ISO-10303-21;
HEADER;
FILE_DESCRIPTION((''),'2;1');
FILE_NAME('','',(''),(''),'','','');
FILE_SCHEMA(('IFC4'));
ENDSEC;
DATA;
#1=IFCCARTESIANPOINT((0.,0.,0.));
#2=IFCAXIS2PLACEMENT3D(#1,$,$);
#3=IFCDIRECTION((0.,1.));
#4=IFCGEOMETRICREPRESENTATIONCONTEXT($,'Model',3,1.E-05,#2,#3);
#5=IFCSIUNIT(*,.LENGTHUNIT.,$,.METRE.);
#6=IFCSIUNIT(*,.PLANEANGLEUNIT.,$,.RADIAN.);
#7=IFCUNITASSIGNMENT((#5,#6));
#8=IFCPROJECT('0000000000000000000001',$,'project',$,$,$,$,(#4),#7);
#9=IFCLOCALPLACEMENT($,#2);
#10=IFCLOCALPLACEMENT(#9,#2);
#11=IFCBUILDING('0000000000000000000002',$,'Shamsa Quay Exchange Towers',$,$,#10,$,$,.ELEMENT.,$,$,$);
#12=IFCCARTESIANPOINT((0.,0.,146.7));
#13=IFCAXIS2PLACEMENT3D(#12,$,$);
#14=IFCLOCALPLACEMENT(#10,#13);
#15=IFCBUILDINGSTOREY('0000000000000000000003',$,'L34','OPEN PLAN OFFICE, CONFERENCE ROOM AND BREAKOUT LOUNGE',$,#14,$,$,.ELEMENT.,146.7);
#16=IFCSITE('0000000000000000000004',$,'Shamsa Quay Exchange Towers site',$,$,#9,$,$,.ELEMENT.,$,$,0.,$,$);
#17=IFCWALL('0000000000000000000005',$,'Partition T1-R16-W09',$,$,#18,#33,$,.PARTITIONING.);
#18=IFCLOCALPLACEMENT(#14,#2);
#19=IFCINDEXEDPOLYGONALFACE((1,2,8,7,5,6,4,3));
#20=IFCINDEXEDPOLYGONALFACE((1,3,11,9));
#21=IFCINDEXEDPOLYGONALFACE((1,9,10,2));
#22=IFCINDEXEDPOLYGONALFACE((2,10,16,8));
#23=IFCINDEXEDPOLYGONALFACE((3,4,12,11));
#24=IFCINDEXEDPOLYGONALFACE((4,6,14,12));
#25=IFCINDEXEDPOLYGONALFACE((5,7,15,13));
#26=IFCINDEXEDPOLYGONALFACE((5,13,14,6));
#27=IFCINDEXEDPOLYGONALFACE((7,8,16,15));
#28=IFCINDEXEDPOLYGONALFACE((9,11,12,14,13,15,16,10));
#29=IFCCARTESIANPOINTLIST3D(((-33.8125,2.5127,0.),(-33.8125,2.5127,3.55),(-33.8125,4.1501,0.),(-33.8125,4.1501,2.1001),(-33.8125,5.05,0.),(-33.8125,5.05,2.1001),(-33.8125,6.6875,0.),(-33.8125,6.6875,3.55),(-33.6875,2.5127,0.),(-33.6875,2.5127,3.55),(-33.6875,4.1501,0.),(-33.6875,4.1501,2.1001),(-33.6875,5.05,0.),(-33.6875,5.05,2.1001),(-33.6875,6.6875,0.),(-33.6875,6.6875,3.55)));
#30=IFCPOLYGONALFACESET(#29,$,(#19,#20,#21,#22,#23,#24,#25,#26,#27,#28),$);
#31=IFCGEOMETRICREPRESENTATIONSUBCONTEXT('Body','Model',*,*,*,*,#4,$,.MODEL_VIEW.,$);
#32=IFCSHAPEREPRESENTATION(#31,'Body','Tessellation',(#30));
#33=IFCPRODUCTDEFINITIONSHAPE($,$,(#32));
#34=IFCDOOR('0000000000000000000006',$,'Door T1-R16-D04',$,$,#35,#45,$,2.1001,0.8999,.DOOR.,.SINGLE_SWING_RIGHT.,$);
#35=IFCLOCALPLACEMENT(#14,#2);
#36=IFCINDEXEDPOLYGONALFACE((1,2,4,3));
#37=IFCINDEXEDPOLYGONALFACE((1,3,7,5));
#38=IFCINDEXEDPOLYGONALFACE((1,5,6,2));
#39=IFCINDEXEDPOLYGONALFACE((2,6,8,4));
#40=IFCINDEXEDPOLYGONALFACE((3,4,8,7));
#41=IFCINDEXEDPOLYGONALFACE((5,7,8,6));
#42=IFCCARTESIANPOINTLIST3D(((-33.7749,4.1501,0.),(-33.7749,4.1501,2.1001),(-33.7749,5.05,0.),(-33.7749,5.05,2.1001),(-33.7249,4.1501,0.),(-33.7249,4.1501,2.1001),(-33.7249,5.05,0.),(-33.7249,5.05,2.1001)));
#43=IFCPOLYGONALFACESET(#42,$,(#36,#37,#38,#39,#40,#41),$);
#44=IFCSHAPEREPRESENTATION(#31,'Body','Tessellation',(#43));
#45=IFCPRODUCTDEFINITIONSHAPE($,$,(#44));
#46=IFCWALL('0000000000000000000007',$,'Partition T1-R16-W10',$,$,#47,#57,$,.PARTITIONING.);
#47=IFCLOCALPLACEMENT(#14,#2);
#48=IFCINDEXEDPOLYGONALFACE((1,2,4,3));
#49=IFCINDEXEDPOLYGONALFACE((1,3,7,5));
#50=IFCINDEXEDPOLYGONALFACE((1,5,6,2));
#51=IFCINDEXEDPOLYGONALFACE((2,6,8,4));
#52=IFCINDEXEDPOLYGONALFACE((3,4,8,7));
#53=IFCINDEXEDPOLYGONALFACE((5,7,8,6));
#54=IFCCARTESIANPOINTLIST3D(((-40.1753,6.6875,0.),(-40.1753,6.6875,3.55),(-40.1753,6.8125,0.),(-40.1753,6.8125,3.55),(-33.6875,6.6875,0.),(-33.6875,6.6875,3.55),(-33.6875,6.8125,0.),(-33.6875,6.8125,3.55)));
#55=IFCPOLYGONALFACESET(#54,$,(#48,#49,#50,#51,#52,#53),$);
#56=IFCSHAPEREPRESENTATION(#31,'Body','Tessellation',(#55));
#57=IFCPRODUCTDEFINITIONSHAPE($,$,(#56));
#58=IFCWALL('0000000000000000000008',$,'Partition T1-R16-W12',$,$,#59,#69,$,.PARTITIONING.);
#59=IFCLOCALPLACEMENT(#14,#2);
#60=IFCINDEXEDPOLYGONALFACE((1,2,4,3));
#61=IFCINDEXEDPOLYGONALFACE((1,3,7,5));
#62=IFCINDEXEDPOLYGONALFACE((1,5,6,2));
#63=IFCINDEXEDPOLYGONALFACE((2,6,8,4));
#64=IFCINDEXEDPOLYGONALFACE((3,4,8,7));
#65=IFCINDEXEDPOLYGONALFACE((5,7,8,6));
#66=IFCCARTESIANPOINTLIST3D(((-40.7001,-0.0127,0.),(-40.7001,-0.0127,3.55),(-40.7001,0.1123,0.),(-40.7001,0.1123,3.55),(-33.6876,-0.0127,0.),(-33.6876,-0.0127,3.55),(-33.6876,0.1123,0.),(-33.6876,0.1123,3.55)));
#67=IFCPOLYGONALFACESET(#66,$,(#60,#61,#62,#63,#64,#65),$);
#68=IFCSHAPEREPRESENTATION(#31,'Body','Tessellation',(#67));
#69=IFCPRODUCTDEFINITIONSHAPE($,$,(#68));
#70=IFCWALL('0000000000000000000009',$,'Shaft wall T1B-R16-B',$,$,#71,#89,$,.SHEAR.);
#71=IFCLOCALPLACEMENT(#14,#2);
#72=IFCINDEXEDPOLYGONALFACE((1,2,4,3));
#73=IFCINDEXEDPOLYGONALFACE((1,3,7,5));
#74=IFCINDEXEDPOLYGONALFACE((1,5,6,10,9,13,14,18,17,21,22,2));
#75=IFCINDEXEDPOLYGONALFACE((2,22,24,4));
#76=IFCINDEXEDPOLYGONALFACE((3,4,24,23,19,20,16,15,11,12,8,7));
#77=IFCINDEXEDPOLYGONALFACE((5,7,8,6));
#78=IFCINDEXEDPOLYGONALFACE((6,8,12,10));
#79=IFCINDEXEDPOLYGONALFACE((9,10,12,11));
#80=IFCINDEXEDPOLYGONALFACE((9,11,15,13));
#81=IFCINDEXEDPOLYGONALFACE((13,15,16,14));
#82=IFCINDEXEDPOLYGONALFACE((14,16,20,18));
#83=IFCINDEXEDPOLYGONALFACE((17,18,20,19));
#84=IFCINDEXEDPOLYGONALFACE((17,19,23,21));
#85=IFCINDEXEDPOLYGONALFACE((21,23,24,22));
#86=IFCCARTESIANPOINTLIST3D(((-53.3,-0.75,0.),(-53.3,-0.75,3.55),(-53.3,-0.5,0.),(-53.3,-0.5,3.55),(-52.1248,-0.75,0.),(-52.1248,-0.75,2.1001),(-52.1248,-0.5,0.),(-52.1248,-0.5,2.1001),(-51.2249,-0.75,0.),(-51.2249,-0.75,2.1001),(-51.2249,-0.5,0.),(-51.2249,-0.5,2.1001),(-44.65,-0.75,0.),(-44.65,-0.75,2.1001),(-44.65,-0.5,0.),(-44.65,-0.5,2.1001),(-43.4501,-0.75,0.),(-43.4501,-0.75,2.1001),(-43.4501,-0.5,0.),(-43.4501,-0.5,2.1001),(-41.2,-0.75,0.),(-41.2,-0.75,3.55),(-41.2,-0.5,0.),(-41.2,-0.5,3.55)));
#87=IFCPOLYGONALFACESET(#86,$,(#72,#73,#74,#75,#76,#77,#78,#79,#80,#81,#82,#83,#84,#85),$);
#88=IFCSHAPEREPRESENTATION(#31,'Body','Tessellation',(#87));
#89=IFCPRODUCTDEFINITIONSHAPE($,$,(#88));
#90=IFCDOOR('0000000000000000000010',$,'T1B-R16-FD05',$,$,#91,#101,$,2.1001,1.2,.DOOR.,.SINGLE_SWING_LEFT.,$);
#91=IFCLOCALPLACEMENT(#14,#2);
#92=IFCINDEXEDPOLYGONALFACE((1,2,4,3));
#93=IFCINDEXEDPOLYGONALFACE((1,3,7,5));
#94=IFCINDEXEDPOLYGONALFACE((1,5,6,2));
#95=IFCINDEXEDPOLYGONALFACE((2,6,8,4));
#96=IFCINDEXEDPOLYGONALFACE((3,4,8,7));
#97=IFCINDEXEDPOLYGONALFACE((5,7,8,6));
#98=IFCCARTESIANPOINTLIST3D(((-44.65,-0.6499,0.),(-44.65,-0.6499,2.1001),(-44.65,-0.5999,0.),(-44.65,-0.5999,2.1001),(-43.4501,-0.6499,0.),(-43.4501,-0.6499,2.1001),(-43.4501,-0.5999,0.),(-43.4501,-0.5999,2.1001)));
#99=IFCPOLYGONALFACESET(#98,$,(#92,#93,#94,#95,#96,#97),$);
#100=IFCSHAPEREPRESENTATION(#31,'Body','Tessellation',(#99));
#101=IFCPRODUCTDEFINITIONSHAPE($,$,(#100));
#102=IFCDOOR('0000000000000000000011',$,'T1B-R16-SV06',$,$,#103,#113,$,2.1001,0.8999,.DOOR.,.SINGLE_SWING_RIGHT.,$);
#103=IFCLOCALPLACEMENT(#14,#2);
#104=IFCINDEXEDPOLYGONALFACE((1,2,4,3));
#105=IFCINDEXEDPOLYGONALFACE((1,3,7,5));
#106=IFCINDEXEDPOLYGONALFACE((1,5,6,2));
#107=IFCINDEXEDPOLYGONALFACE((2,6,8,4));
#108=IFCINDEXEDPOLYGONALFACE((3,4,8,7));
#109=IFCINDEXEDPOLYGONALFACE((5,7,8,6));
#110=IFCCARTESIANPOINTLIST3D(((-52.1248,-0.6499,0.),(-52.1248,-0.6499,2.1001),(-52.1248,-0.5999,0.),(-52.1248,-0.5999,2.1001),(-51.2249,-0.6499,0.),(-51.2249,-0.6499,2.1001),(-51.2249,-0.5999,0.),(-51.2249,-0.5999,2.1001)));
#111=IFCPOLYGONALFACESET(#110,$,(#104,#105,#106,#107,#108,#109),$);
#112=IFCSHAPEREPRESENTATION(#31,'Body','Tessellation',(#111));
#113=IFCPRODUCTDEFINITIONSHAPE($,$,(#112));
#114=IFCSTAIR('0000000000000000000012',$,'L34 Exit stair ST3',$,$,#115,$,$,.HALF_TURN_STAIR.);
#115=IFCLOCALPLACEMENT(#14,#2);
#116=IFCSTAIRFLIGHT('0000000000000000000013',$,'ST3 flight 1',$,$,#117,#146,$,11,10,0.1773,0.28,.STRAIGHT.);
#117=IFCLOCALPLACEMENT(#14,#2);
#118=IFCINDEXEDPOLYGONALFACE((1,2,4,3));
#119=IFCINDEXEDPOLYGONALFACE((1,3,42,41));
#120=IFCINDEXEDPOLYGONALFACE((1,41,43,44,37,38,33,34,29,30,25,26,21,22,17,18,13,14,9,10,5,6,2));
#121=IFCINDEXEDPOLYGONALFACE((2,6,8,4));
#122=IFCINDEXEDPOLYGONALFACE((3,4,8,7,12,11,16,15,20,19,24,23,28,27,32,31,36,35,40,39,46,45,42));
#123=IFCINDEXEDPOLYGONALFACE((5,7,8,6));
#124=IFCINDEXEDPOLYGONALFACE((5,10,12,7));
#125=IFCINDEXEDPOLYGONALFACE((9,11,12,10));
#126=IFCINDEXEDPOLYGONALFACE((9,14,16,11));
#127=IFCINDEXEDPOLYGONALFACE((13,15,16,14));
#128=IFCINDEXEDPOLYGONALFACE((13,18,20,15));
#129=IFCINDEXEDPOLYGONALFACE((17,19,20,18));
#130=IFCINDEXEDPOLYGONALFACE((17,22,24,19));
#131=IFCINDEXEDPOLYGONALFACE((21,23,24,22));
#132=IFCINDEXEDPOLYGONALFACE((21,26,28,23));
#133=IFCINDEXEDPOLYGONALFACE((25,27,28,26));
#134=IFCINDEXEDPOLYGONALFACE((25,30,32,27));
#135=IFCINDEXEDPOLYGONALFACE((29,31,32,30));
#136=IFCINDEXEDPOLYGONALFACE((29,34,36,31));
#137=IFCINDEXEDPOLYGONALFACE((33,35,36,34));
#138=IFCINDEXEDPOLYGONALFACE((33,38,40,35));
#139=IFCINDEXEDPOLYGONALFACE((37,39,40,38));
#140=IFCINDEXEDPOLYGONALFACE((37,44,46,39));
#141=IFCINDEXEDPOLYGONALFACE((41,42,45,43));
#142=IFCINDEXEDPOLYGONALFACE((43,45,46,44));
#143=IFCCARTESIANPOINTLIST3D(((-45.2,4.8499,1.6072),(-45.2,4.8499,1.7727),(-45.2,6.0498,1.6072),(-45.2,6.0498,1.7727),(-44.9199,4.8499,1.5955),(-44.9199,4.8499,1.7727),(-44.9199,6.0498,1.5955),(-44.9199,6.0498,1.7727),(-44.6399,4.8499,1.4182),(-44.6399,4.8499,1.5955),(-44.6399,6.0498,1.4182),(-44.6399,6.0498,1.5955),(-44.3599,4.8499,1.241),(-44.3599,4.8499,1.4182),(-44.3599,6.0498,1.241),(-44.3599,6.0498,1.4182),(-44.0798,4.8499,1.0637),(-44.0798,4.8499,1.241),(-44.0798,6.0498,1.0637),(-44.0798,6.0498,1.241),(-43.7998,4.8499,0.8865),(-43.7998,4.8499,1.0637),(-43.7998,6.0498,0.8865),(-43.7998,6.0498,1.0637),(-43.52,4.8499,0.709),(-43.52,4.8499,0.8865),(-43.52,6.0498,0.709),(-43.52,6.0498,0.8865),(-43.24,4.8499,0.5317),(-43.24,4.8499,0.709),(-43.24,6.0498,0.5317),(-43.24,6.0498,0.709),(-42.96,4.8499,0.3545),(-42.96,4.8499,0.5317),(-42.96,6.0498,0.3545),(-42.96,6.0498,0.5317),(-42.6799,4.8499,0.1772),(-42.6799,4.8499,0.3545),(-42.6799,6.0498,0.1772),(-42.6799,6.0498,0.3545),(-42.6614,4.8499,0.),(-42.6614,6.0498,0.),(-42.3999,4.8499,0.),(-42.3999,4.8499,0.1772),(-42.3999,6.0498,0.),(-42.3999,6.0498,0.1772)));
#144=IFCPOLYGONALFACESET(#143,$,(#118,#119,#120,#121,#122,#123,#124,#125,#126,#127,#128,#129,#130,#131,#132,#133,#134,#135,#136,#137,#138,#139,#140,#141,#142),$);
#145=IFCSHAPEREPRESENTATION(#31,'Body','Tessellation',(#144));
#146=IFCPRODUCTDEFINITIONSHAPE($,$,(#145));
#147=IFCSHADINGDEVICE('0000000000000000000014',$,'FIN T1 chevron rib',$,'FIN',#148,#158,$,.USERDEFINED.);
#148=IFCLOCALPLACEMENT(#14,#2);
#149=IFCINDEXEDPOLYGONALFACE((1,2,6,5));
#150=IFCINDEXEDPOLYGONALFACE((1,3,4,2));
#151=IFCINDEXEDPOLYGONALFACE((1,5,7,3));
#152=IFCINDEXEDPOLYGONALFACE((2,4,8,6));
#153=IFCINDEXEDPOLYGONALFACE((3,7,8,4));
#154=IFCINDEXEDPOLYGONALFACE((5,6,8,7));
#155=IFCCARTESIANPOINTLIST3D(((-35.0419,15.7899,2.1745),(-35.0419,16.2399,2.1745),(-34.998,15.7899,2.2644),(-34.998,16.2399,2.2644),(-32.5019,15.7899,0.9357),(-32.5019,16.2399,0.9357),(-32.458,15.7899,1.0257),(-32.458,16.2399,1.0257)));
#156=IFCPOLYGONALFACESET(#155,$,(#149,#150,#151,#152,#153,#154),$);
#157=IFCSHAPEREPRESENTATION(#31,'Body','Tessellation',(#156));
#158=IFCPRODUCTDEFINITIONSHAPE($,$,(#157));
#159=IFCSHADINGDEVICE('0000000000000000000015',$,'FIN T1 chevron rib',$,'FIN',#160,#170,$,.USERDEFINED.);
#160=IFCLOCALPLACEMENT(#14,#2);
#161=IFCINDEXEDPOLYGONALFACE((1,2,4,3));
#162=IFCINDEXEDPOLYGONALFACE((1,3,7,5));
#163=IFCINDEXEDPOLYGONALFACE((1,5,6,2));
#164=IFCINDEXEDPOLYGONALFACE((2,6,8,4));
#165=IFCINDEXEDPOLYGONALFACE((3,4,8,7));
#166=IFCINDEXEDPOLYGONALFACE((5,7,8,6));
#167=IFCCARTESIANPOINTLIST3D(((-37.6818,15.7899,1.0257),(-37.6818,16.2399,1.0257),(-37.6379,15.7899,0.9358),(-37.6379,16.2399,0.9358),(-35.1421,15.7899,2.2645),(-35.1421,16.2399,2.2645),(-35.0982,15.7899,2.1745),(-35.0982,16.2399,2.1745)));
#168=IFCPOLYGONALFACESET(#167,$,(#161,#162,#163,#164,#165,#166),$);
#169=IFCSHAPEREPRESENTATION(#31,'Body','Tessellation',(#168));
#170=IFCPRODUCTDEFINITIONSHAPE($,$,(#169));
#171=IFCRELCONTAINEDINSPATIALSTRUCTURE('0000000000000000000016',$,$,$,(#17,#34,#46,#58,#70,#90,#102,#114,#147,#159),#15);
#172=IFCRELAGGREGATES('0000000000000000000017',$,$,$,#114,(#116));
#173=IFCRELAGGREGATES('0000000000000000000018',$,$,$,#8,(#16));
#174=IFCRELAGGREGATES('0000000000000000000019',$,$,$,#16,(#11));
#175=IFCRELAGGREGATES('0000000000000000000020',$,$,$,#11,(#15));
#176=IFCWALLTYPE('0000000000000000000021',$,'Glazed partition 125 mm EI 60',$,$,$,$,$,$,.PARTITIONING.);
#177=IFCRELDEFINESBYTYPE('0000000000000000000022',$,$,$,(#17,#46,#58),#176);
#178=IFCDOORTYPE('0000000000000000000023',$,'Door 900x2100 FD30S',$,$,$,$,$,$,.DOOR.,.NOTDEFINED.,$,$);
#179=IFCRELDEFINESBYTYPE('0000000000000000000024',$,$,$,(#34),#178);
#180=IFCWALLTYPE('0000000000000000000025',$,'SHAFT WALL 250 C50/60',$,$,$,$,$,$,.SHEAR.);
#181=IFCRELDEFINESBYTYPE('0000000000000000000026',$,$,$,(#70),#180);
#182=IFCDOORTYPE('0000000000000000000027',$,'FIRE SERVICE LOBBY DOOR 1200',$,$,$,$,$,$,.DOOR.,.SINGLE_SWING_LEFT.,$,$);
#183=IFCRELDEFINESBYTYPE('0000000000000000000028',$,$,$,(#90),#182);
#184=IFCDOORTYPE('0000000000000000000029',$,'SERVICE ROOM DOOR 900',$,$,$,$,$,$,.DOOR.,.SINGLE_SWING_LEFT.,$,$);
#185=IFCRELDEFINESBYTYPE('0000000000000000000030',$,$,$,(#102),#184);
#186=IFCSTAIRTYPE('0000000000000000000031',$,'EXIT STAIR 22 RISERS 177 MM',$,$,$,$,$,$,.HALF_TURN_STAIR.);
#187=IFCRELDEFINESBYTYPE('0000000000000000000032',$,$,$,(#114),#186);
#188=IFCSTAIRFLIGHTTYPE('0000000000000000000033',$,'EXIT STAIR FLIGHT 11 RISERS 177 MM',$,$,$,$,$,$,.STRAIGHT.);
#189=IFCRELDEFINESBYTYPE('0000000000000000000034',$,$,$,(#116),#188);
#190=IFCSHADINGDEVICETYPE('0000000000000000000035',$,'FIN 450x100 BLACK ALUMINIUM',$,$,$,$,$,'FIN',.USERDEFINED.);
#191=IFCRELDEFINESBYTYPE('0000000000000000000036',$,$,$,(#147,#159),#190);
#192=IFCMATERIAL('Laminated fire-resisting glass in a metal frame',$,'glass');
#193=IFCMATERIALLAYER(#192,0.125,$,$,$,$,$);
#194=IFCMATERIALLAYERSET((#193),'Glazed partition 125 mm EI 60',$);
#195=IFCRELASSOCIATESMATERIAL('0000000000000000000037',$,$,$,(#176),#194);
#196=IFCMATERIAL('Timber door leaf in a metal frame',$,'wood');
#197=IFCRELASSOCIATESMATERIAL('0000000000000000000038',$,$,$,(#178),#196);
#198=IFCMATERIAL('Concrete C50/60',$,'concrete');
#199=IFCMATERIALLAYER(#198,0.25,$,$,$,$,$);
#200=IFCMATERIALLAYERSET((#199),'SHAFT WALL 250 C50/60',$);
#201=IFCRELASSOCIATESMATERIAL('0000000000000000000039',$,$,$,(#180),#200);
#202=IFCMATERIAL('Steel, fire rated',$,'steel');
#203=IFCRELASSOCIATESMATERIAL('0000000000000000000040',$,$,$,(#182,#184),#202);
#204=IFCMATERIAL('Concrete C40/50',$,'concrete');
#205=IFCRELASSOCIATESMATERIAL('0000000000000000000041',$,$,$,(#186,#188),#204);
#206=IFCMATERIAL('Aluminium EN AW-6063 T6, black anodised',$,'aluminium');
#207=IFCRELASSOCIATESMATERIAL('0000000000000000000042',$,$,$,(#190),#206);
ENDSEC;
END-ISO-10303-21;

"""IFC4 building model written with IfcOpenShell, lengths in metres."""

from ifc_helpers import new_model, si_unit, direction, frame, frame_2d, origin, origin_2d, place, context, subcontext, project, spatial, polyline, rectangle, outline, extrude, material, layer, layer_set, material_profile, profile_set, type_object, element, fill, aggregate, save


model = new_model("IFC4")

# Units and contexts
model_context = context("Model", 3, precision=1e-05, world=origin(), true_north=direction((0.0, 1.0)))
body_context = subcontext(model_context, "Body", "Model", "MODEL_VIEW")
ifc_project = project(units=[si_unit("LENGTHUNIT", "METRE"), si_unit("PLANEANGLEUNIT", "RADIAN")], contexts=[model_context])

# Site, building, storey
site_placement = place(None, origin())
site = spatial("IfcSite", under=ifc_project, at=site_placement, Name="Shamsa Quay Exchange Towers site", CompositionType="ELEMENT", RefElevation=0.0)
building_placement = place(site_placement, origin())
building = spatial("IfcBuilding", under=site, at=building_placement, Name="Shamsa Quay Exchange Towers", CompositionType="ELEMENT")
storey_placement = place(building_placement, frame((0.0, 0.0, 146.7)))
storey = spatial("IfcBuildingStorey", under=building, at=storey_placement, Name="L34", Description="OPEN PLAN OFFICE, CONFERENCE ROOM AND BREAKOUT LOUNGE", CompositionType="ELEMENT", Elevation=146.7)

# Shared definitions
ifc_material_1 = material(Name="Aluminium EN AW-6063 T6, black anodised", Category="aluminium")

# Shared definitions
ifc_material_2 = material(Name="Timber door leaf in a metal frame", Category="wood")

# Shared definitions
ifc_material_3 = material(Name="Laminated fire-resisting glass in a metal frame", Category="glass")
ifc_layer_1 = layer(ifc_material_3, 0.125)
ifc_layer_set_1 = layer_set([ifc_layer_1], Name="Glazed partition 125 mm EI 60")
wall_type_1 = type_object("IfcWallType", Name="Glazed partition 125 mm EI 60", PredefinedType="PARTITIONING", material=ifc_layer_set_1)

# Wall, opening, door
wall_1_placement = place(storey_placement, frame((-33.75, 2.5127, 0.0), z_axis=(0.0, 0.0, 1.0), x_axis=(0.0, 1.0, 0.0)))
wall_1 = element("IfcWall", 1, at=wall_1_placement, inside=storey, type_object=wall_type_1, Name="Partition T1-R16-W09", PredefinedType="PARTITIONING", context=body_context, shape_type="SweptSolid", body=[
    extrude(rectangle(XDim=4.1748, YDim=0.125, at=frame_2d((2.0874, 0.0))), origin(), (0.0, 0.0, 1.0), 3.55),
])
opening_1_placement = place(wall_1_placement, frame((1.6375, 0.0, 0.0)))
opening_1 = element("IfcOpeningElement", 2, at=opening_1_placement, cuts=wall_1, PredefinedType="OPENING", context=body_context, shape_type="SweptSolid", body=[
    extrude(rectangle(XDim=0.8999, YDim=2.1001, at=frame_2d((0.45, 1.05))), frame((0.0, 0.0725, 0.0), z_axis=(0.0, -1.0, 0.0), x_axis=(1.0, 0.0, 0.0)), (0.0, 0.0, 1.0), 0.145),
])
door_type_1 = type_object("IfcDoorType", Name="Door 900x2100 FD30S", OperationType="NOTDEFINED", PredefinedType="DOOR", material=ifc_material_2)
door_1_placement = place(opening_1_placement, origin())
door_1 = element("IfcDoor", 3, at=door_1_placement, inside=storey, type_object=door_type_1, Name="Door T1-R16-D04", OperationType="SINGLE_SWING_RIGHT", OverallHeight=2.1001, OverallWidth=0.8999, PredefinedType="DOOR", context=body_context, shape_type="SweptSolid", body=[
    extrude(rectangle(XDim=0.8999, YDim=2.1001, at=frame_2d((0.45, 1.05))), frame((0.0, 0.0249, 0.0), z_axis=(0.0, -1.0, 0.0), x_axis=(1.0, 0.0, 0.0)), (0.0, 0.0, 1.0), 0.05),
])
fill(opening_1, door_1)

# Walls
wall_2_placement = place(storey_placement, frame((-33.6875, 6.75, 0.0), z_axis=(0.0, 0.0, 1.0), x_axis=(-1.0, 0.0, 0.0)))
element("IfcWall", 4, at=wall_2_placement, inside=storey, type_object=wall_type_1, Name="Partition T1-R16-W10", PredefinedType="PARTITIONING", context=body_context, shape_type="SweptSolid", body=[
    extrude(rectangle(XDim=6.4878, YDim=0.125, at=frame_2d((3.2439, 0.0))), origin(), (0.0, 0.0, 1.0), 3.55),
])
wall_3_placement = place(storey_placement, frame((-33.6875, 0.0498, 0.0), z_axis=(0.0, 0.0, 1.0), x_axis=(-1.0, 0.0, 0.0)))
element("IfcWall", 5, at=wall_3_placement, inside=storey, type_object=wall_type_1, Name="Partition T1-R16-W12", PredefinedType="PARTITIONING", context=body_context, shape_type="SweptSolid", body=[
    extrude(rectangle(XDim=7.0125, YDim=0.125, at=frame_2d((3.5063, 0.0))), origin(), (0.0, 0.0, 1.0), 3.55),
])

# Wall, openings, doors
ifc_material_4 = material(Name="Concrete C50/60", Category="concrete")
ifc_layer_2 = layer(ifc_material_4, 0.25)
ifc_layer_set_2 = layer_set([ifc_layer_2], Name="SHAFT WALL 250 C50/60")
wall_type_2 = type_object("IfcWallType", Name="SHAFT WALL 250 C50/60", PredefinedType="SHEAR", material=ifc_layer_set_2)
wall_4_placement = place(storey_placement, frame((-41.2, -0.625, 0.0), z_axis=(0.0, 0.0, 1.0), x_axis=(-1.0, 0.0, 0.0)))
wall_4 = element("IfcWall", 6, at=wall_4_placement, inside=storey, type_object=wall_type_2, Name="Shaft wall T1B-R16-B", PredefinedType="SHEAR", context=body_context, shape_type="SweptSolid", body=[
    extrude(rectangle(XDim=12.1001, YDim=0.25, at=frame_2d((6.05, 0.0))), origin(), (0.0, 0.0, 1.0), 3.55),
])
opening_2_placement = place(wall_4_placement, frame((2.25, 0.0, 0.0)))
opening_2 = element("IfcOpeningElement", 7, at=opening_2_placement, cuts=wall_4, PredefinedType="OPENING", context=body_context, shape_type="SweptSolid", body=[
    extrude(rectangle(XDim=1.2, YDim=2.1001, at=frame_2d((0.6001, 1.05))), frame((0.0, 0.135, 0.0), z_axis=(0.0, -1.0, 0.0), x_axis=(1.0, 0.0, 0.0)), (0.0, 0.0, 1.0), 0.27),
])
opening_3_placement = place(wall_4_placement, frame((10.0249, 0.0, 0.0)))
opening_3 = element("IfcOpeningElement", 8, at=opening_3_placement, cuts=wall_4, PredefinedType="OPENING", context=body_context, shape_type="SweptSolid", body=[
    extrude(rectangle(XDim=0.8999, YDim=2.1001, at=frame_2d((0.45, 1.05))), frame((0.0, 0.135, 0.0), z_axis=(0.0, -1.0, 0.0), x_axis=(1.0, 0.0, 0.0)), (0.0, 0.0, 1.0), 0.27),
])
ifc_material_5 = material(Name="Steel, fire rated", Category="steel")
door_type_2 = type_object("IfcDoorType", Name="FIRE SERVICE LOBBY DOOR 1200", OperationType="SINGLE_SWING_LEFT", PredefinedType="DOOR", material=ifc_material_5)
door_2_placement = place(opening_2_placement, origin())
door_2 = element("IfcDoor", 9, at=door_2_placement, inside=storey, type_object=door_type_2, Name="T1B-R16-FD05", OperationType="SINGLE_SWING_LEFT", OverallHeight=2.1001, OverallWidth=1.2, PredefinedType="DOOR", context=body_context, shape_type="SweptSolid", body=[
    extrude(rectangle(XDim=1.2, YDim=2.1001, at=frame_2d((0.6001, 1.05))), frame((0.0, 0.0249, 0.0), z_axis=(0.0, -1.0, 0.0), x_axis=(1.0, 0.0, 0.0)), (0.0, 0.0, 1.0), 0.05),
])
fill(opening_2, door_2)
door_type_3 = type_object("IfcDoorType", Name="SERVICE ROOM DOOR 900", OperationType="SINGLE_SWING_LEFT", PredefinedType="DOOR", material=ifc_material_5)
door_3_placement = place(opening_3_placement, origin())
door_3 = element("IfcDoor", 10, at=door_3_placement, inside=storey, type_object=door_type_3, Name="T1B-R16-SV06", OperationType="SINGLE_SWING_RIGHT", OverallHeight=2.1001, OverallWidth=0.8999, PredefinedType="DOOR", context=body_context, shape_type="SweptSolid", body=[
    extrude(rectangle(XDim=0.8999, YDim=2.1001, at=frame_2d((0.45, 1.05))), frame((0.0, 0.0249, 0.0), z_axis=(0.0, -1.0, 0.0), x_axis=(1.0, 0.0, 0.0)), (0.0, 0.0, 1.0), 0.05),
])
fill(opening_3, door_3)

# Stair, stair flight
ifc_material_6 = material(Name="Concrete C40/50", Category="concrete")
stair_type = type_object("IfcStairType", Name="EXIT STAIR 22 RISERS 177 MM", PredefinedType="HALF_TURN_STAIR", material=ifc_material_6)
stair_placement = place(storey_placement, origin())
stair = element("IfcStair", 11, at=stair_placement, inside=storey, type_object=stair_type, Name="L34 Exit stair ST3", PredefinedType="HALF_TURN_STAIR")
stair_flight_type = type_object("IfcStairFlightType", Name="EXIT STAIR FLIGHT 11 RISERS 177 MM", PredefinedType="STRAIGHT", material=ifc_material_6)
stair_flight_placement = place(storey_placement, frame((-42.3999, 5.45, 0.0), z_axis=(0.0, 0.0, 1.0), x_axis=(-1.0, 0.0, 0.0)))
stair_flight = element("IfcStairFlight", 12, at=stair_flight_placement, type_object=stair_flight_type, Name="ST3 flight 1", NumberOfRisers=11, NumberOfTreads=10, PredefinedType="STRAIGHT", RiserHeight=0.1773, TreadLength=0.28, context=body_context, shape_type="SweptSolid", body=[
    extrude(outline(polyline([(0.0, 0.0), (0.0, 0.1772), (0.28, 0.1772), (0.28, 0.3545), (0.5601, 0.3545), (0.5601, 0.5317), (0.8401, 0.5317), (0.8401, 0.709), (1.1201, 0.709), (1.1201, 0.8865), (1.3999, 0.8865), (1.3999, 1.0637), (1.6799, 1.0637), (1.6799, 1.241), (1.96, 1.241), (1.96, 1.4182), (2.24, 1.4182), (2.24, 1.5955), (2.52, 1.5955), (2.52, 1.7727), (2.8, 1.7727), (2.8, 1.95), (2.8, 1.6072), (0.2615, 0.0), (0.0, 0.0)])), frame((0.0, 0.6001, 0.0), z_axis=(0.0, -1.0, 0.0), x_axis=(1.0, 0.0, 0.0)), (0.0, 0.0, 1.0), 1.2),
])
aggregate(stair, [stair_flight])

# Shading devices
ifc_material_profile_1 = material_profile(ifc_material_1, rectangle(XDim=0.45, YDim=0.1001, at=origin_2d()), Name="FIN450x100")
ifc_profile_set_1 = profile_set([ifc_material_profile_1], Name="Aluminium EN AW-6063 T6, black anodised")
shading_device_type = type_object("IfcShadingDeviceType", Name="FIN 450x100 BLACK ALUMINIUM", ElementType="FIN", PredefinedType="USERDEFINED", material=ifc_profile_set_1)
shading_device_1_placement = place(storey_placement, frame((-32.48, 16.0149, 0.9807), z_axis=(-0.898807, 0.0, 0.438345), x_axis=(0.0, -1.0, 0.0)))
element("IfcShadingDevice", 13, at=shading_device_1_placement, inside=storey, type_object=shading_device_type, Name="FIN T1 chevron rib", ObjectType="FIN", PredefinedType="USERDEFINED", context=body_context, shape_type="SweptSolid", body=[
    extrude(rectangle(XDim=0.45, YDim=0.1001, at=origin_2d()), origin(), (0.0, 0.0, 1.0), 2.8259),
])
shading_device_2_placement = place(storey_placement, frame((-35.1201, 16.0149, 2.2195), z_axis=(-0.89879, 0.0, -0.438379), x_axis=(0.0, -1.0, 0.0)))
element("IfcShadingDevice", 14, at=shading_device_2_placement, inside=storey, type_object=shading_device_type, Name="FIN T1 chevron rib", ObjectType="FIN", PredefinedType="USERDEFINED", context=body_context, shape_type="SweptSolid", body=[
    extrude(rectangle(XDim=0.45, YDim=0.1001, at=origin_2d()), origin(), (0.0, 0.0, 1.0), 2.8257),
])

save(model, "model.ifc")
